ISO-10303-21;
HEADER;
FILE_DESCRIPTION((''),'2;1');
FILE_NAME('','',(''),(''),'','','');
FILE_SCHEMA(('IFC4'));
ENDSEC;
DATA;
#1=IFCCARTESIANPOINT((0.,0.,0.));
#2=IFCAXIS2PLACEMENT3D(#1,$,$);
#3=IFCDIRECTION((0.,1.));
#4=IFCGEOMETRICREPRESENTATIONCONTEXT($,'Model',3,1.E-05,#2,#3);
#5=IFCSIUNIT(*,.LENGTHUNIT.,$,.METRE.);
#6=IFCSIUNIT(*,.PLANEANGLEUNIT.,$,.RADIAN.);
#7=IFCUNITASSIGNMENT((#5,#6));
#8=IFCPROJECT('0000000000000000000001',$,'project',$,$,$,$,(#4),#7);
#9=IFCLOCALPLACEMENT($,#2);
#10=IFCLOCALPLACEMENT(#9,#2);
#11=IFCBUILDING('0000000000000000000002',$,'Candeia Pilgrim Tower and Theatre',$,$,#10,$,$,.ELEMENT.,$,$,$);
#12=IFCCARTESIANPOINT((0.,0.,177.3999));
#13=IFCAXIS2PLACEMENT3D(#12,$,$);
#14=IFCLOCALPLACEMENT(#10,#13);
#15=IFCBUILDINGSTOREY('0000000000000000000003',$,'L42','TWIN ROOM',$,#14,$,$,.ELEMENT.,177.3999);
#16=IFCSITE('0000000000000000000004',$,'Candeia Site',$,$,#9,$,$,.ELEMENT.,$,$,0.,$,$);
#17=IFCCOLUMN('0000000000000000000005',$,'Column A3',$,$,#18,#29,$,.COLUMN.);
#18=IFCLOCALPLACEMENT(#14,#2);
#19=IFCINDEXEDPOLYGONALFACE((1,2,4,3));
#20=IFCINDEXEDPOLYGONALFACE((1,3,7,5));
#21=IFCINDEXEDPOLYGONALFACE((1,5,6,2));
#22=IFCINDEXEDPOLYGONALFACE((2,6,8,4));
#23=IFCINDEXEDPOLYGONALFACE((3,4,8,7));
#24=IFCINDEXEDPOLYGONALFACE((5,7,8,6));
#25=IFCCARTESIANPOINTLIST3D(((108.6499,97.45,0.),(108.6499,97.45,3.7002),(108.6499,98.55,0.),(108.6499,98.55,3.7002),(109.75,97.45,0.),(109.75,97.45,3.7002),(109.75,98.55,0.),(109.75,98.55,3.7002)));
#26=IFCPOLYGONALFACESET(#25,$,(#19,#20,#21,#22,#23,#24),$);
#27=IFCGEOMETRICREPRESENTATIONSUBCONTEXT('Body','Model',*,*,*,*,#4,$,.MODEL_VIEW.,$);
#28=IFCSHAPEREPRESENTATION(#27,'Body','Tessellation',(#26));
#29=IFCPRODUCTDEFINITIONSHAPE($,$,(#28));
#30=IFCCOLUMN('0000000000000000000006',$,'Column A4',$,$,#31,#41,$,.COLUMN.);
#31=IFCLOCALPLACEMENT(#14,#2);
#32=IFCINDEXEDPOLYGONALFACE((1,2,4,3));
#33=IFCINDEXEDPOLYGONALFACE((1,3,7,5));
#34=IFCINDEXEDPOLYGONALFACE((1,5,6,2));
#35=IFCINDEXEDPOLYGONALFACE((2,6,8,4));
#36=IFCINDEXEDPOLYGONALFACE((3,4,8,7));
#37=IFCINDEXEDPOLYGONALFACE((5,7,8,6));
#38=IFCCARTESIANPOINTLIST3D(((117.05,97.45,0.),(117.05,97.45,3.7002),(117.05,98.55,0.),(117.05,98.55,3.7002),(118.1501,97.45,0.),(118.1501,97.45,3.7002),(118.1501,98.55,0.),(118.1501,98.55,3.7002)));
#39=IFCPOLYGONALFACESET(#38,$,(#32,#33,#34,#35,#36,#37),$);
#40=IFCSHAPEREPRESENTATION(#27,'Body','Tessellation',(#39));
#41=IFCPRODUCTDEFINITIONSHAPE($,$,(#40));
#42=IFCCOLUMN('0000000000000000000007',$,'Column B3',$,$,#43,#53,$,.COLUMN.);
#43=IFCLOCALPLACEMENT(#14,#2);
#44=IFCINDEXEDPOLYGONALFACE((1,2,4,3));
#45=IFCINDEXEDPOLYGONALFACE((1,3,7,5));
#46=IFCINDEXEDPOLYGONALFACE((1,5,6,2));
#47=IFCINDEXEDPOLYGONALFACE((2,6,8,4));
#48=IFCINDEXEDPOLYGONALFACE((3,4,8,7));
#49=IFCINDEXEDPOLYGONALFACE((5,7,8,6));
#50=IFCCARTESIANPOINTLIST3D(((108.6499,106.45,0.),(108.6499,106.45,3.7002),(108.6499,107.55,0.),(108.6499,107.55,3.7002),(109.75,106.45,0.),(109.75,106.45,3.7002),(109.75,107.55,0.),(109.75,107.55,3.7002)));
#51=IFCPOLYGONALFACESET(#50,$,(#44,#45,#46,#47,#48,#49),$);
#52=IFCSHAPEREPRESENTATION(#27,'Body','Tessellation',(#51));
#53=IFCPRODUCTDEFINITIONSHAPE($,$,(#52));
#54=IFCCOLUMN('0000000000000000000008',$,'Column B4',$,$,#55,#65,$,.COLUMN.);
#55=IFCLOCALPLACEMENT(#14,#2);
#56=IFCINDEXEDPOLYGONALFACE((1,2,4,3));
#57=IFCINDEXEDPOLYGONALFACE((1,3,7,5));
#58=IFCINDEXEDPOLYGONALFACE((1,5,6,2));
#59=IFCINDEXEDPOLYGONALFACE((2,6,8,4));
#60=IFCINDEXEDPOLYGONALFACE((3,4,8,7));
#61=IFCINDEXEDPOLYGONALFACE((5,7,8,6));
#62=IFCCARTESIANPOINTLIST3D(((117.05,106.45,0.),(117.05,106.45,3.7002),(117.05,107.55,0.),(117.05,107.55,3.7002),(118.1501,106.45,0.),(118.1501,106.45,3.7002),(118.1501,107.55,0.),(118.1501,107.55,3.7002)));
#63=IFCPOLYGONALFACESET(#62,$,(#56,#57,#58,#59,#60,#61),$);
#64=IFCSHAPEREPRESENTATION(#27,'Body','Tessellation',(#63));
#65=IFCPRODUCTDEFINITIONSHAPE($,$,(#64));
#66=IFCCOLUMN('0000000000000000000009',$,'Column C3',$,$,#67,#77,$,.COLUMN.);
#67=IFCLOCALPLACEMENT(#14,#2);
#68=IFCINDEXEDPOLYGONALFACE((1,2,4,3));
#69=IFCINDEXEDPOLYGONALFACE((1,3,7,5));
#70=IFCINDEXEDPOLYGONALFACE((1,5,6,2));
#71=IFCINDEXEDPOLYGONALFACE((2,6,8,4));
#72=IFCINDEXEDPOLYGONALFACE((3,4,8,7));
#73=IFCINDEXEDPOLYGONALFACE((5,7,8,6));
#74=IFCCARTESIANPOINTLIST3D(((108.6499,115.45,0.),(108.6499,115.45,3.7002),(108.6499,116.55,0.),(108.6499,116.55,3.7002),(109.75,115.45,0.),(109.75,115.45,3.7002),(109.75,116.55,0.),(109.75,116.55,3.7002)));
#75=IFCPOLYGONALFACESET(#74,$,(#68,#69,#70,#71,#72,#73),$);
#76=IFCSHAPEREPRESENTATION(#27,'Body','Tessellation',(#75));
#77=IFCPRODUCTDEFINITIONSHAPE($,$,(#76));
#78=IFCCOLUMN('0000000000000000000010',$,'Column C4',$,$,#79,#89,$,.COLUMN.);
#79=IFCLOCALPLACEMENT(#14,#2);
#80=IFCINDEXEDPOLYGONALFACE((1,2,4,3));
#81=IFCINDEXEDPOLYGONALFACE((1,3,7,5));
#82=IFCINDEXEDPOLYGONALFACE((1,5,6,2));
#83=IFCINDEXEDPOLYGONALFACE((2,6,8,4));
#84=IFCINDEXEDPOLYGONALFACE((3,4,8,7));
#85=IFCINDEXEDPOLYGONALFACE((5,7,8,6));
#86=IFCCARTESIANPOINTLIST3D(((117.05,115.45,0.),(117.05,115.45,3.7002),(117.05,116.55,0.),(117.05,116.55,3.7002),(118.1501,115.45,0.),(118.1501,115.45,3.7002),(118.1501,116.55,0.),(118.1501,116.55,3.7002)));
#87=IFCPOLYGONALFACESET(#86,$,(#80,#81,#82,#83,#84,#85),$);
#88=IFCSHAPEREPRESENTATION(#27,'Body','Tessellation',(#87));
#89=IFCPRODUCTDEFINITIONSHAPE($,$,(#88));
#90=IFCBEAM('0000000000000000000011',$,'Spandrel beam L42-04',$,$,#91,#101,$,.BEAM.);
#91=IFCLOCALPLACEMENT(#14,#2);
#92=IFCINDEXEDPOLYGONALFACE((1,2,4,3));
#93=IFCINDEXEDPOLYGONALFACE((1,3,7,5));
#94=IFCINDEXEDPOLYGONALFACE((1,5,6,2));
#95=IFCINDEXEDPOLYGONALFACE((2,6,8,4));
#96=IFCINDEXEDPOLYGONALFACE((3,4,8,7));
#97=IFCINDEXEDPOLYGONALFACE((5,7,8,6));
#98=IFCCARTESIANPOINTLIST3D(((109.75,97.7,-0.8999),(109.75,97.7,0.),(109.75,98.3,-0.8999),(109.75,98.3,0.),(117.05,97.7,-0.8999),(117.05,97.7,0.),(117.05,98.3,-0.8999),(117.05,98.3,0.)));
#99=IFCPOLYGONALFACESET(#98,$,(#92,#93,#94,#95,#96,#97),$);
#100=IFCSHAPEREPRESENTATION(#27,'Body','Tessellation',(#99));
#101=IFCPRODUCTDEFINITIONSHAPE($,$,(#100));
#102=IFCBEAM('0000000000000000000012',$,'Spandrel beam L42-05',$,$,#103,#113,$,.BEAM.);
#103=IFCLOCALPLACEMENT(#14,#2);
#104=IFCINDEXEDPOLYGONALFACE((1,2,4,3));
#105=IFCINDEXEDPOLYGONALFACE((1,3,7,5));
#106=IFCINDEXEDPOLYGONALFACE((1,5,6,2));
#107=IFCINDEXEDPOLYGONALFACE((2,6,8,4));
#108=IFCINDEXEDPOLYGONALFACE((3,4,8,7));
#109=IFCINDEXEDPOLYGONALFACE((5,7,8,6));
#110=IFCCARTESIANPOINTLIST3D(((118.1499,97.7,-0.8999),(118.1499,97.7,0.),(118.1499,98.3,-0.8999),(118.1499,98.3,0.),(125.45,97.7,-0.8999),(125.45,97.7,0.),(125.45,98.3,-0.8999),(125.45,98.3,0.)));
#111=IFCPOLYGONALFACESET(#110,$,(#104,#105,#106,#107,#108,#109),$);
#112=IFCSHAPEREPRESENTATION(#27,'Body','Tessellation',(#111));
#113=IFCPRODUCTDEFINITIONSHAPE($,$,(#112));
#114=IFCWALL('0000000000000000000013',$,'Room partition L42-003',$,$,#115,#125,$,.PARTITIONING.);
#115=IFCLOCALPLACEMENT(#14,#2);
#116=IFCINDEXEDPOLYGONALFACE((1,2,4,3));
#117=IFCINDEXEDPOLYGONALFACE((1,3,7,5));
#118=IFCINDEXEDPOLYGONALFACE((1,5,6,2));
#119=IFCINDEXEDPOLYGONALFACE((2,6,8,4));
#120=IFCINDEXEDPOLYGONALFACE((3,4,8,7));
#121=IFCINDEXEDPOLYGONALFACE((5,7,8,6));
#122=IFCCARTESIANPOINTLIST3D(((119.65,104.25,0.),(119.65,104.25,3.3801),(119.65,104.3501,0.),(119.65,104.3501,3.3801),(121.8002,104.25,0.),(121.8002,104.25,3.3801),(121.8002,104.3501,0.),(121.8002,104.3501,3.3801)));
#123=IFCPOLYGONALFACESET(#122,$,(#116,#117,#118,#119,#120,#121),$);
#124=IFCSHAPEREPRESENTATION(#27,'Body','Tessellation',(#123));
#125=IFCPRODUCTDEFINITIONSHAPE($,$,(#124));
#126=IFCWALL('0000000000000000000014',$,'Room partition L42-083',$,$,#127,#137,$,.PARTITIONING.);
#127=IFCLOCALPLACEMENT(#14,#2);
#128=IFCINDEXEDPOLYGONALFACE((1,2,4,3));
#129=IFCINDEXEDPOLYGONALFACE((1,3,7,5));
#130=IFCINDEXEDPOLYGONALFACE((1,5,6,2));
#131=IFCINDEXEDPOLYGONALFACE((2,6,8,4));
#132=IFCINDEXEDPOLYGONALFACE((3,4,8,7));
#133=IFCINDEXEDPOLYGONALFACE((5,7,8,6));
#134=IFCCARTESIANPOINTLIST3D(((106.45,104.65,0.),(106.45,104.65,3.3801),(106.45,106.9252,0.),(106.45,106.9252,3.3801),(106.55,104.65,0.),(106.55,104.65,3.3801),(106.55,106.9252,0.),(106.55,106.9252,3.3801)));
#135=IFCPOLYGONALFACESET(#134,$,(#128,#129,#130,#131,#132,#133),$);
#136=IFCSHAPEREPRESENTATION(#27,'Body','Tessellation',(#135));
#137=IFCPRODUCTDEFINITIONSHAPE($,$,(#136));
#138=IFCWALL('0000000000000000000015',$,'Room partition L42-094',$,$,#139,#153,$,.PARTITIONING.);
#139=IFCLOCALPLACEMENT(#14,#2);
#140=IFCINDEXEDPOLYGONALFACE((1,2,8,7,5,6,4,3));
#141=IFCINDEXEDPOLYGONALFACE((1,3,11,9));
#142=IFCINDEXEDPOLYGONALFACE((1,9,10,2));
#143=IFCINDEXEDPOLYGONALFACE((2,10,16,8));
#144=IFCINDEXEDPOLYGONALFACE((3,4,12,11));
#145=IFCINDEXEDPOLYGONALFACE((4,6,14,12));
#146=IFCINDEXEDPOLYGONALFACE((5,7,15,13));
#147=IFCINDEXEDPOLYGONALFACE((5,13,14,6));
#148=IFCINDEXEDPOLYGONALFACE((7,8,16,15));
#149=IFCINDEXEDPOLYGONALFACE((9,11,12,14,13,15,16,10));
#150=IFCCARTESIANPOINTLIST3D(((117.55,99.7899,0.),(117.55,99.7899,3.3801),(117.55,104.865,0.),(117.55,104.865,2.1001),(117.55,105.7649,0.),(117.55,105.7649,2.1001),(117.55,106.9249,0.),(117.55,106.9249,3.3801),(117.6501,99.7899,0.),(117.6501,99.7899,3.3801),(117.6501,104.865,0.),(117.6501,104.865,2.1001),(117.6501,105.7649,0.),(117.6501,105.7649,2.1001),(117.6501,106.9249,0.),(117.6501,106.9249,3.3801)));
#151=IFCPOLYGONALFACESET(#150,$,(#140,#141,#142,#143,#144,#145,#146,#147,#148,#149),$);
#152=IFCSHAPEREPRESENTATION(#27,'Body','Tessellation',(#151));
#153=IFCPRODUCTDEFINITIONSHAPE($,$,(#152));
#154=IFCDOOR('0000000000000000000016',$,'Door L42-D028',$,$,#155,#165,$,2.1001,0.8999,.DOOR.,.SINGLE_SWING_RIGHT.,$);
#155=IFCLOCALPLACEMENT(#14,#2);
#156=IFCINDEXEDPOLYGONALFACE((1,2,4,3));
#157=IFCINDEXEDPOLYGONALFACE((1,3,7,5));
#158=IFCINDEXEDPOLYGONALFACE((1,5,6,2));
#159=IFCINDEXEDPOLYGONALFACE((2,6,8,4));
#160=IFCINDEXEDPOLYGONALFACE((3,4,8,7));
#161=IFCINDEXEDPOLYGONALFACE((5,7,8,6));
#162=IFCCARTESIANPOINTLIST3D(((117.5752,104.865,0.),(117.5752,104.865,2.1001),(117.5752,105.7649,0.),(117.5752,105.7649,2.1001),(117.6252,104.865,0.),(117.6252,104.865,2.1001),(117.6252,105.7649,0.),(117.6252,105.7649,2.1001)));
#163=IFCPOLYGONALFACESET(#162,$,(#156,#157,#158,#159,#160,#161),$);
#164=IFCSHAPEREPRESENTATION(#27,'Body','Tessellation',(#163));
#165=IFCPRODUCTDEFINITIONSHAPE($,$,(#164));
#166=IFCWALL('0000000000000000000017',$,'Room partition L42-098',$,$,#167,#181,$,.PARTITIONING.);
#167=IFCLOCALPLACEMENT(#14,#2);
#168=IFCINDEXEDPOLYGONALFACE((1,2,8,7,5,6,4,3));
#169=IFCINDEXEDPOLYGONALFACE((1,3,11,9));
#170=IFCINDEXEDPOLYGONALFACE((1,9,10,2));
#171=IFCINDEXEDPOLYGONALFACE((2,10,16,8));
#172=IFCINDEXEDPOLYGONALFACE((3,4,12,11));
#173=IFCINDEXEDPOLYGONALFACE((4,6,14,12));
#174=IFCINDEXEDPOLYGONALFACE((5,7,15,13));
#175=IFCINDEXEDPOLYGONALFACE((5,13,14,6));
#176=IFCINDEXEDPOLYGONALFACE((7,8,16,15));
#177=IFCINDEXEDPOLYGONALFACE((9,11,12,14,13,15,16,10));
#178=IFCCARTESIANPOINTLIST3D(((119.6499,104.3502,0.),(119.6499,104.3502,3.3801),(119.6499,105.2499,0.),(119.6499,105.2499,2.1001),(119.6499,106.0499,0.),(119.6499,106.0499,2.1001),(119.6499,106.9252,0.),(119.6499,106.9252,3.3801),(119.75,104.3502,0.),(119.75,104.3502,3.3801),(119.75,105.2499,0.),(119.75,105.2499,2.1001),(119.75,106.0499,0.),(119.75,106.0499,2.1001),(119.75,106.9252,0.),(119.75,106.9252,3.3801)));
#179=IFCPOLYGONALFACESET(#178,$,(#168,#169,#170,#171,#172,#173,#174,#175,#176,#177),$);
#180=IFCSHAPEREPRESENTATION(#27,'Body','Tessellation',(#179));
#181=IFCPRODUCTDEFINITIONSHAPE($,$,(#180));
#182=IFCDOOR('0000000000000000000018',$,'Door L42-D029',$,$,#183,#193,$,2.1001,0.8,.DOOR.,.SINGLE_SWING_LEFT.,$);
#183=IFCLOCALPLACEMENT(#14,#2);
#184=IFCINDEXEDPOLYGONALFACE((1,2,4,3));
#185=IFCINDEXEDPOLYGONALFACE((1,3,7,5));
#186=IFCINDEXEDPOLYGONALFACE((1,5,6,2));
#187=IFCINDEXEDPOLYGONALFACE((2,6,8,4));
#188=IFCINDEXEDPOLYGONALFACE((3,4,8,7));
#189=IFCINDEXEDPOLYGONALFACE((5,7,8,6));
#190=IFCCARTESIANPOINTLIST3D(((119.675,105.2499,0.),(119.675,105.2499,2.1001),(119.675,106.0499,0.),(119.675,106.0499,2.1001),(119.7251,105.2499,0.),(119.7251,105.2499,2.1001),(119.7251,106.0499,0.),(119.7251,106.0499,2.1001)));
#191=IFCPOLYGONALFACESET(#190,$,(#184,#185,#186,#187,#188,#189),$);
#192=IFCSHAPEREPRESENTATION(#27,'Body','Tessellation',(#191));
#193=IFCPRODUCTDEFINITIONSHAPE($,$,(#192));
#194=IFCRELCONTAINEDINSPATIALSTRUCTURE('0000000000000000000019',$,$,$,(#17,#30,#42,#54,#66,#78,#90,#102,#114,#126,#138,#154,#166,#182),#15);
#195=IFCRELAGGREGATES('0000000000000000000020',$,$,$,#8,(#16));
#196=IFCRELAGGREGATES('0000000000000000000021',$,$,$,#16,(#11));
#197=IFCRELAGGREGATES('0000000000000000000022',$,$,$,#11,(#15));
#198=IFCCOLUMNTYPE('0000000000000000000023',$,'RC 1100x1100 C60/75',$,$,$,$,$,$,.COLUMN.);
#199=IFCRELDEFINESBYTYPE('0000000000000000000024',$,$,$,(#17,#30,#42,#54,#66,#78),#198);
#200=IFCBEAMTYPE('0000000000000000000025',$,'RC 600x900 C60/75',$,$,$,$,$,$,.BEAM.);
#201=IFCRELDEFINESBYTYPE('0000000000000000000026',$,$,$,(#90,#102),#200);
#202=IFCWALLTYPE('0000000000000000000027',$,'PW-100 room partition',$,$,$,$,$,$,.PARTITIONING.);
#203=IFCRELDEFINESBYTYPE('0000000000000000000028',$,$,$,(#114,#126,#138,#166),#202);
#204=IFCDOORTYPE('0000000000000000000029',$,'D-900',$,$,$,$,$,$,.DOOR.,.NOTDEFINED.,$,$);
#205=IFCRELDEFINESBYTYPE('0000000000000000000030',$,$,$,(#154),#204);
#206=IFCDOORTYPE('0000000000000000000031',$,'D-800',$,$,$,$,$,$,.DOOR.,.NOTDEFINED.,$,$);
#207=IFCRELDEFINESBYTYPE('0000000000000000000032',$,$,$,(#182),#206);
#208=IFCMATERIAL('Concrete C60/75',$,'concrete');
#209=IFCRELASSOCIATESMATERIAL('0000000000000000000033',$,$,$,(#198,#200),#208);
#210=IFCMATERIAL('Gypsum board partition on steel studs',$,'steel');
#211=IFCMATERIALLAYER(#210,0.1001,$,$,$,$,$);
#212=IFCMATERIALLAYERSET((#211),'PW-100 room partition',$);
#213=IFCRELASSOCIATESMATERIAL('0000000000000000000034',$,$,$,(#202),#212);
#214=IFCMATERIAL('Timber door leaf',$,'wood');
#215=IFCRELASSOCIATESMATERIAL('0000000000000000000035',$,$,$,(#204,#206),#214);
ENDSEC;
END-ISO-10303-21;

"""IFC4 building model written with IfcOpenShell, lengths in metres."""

from ifc_helpers import new_model, si_unit, direction, frame, frame_2d, origin, origin_2d, place, context, subcontext, project, spatial, rectangle, extrude, material, layer, layer_set, material_profile, profile_set, type_object, element, fill, save


model = new_model("IFC4")

# Units and contexts
model_context = context("Model", 3, precision=1e-05, world=origin(), true_north=direction((0.0, 1.0)))
body_context = subcontext(model_context, "Body", "Model", "MODEL_VIEW")
ifc_project = project(units=[si_unit("LENGTHUNIT", "METRE"), si_unit("PLANEANGLEUNIT", "RADIAN")], contexts=[model_context])

# Site, building, storey
site_placement = place(None, origin())
site = spatial("IfcSite", under=ifc_project, at=site_placement, Name="Candeia Site", CompositionType="ELEMENT", RefElevation=0.0)
building_placement = place(site_placement, origin())
building = spatial("IfcBuilding", under=site, at=building_placement, Name="Candeia Pilgrim Tower and Theatre", CompositionType="ELEMENT")
storey_placement = place(building_placement, frame((0.0, 0.0, 177.3999)))
storey = spatial("IfcBuildingStorey", under=building, at=storey_placement, Name="L42", Description="TWIN ROOM", CompositionType="ELEMENT", Elevation=177.3999)

# Columns
ifc_material_1 = material(Name="Concrete C60/75", Category="concrete")
ifc_material_profile_1 = material_profile(ifc_material_1, rectangle(XDim=1.1001, YDim=1.1001, at=origin_2d()))
ifc_profile_set_1 = profile_set([ifc_material_profile_1], Name="Concrete C60/75")
column_type = type_object("IfcColumnType", Name="RC 1100x1100 C60/75", PredefinedType="COLUMN", material=ifc_profile_set_1)
for number, where, z_axis, x_axis, name in (
    (1, (109.2, 98.0, 0.0), (0.0, 0.0, 1.0), (1.0, 0.0, 0.0), "Column A3"),
    (2, (117.6001, 98.0, 0.0), (0.0, 0.0, 1.0), (1.0, 0.0, 0.0), "Column A4"),
    (3, (109.2, 107.0, 0.0), (0.0, 0.0, 1.0), (1.0, 0.0, 0.0), "Column B3"),
    (4, (117.6001, 107.0, 0.0), (0.0, 0.0, 1.0), (1.0, 0.0, 0.0), "Column B4"),
    (5, (109.2, 116.0, 0.0), (0.0, 0.0, 1.0), (1.0, 0.0, 0.0), "Column C3"),
    (6, (117.6001, 116.0, 0.0), (0.0, 0.0, 1.0), (1.0, 0.0, 0.0), "Column C4"),
):
    element("IfcColumn", number, at=place(storey_placement, frame(where, z_axis=z_axis, x_axis=x_axis)), inside=storey, type_object=column_type, Name=name, PredefinedType="COLUMN", context=body_context, shape_type="SweptSolid", body=[
        extrude(rectangle(XDim=1.1001, YDim=1.1001, at=origin_2d()), origin(), (0.0, 0.0, 1.0), 3.7002),
    ])

# Beams
ifc_material_profile_2 = material_profile(ifc_material_1, rectangle(XDim=0.6001, YDim=0.8999, at=origin_2d()))
ifc_profile_set_2 = profile_set([ifc_material_profile_2], Name="Concrete C60/75")
beam_type = type_object("IfcBeamType", Name="RC 600x900 C60/75", PredefinedType="BEAM", material=ifc_profile_set_2)
for number, where, z_axis, x_axis, name in (
    (7, (109.75, 98.0, -0.45), (1.0, 0.0, 0.0), (0.0, 1.0, 0.0), "Spandrel beam L42-04"),
    (8, (118.1499, 98.0, -0.45), (1.0, 0.0, 0.0), (0.0, 1.0, 0.0), "Spandrel beam L42-05"),
):
    element("IfcBeam", number, at=place(storey_placement, frame(where, z_axis=z_axis, x_axis=x_axis)), inside=storey, type_object=beam_type, Name=name, PredefinedType="BEAM", context=body_context, shape_type="SweptSolid", body=[
        extrude(rectangle(XDim=0.6001, YDim=0.8999, at=origin_2d()), origin(), (0.0, 0.0, 1.0), 7.3),
    ])

# Walls
ifc_material_2 = material(Name="Gypsum board partition on steel studs", Category="steel")
ifc_layer_1 = layer(ifc_material_2, 0.1001)
ifc_layer_set_1 = layer_set([ifc_layer_1], Name="PW-100 room partition")
wall_type_1 = type_object("IfcWallType", Name="PW-100 room partition", PredefinedType="PARTITIONING", material=ifc_layer_set_1)
wall_1_placement = place(storey_placement, frame((119.6499, 104.3, 0.0), z_axis=(0.0, 0.0, 1.0), x_axis=(1.0, 0.0, 0.0)))
element("IfcWall", 9, at=wall_1_placement, inside=storey, type_object=wall_type_1, Name="Room partition L42-003", PredefinedType="PARTITIONING", context=body_context, shape_type="SweptSolid", body=[
    extrude(rectangle(XDim=2.1501, YDim=0.1001, at=frame_2d((1.0752, 0.0))), origin(), (0.0, 0.0, 1.0), 3.3801),
])
wall_2_placement = place(storey_placement, frame((106.5, 104.6499, 0.0), z_axis=(0.0, 0.0, 1.0), x_axis=(0.0, 1.0, 0.0)))
element("IfcWall", 10, at=wall_2_placement, inside=storey, type_object=wall_type_1, Name="Room partition L42-083", PredefinedType="PARTITIONING", context=body_context, shape_type="SweptSolid", body=[
    extrude(rectangle(XDim=2.2751, YDim=0.1001, at=frame_2d((1.1377, 0.0))), origin(), (0.0, 0.0, 1.0), 3.3801),
])

# Walls, openings, doors
wall_3_placement = place(storey_placement, frame((117.6001, 99.79, 0.0), z_axis=(0.0, 0.0, 1.0), x_axis=(0.0, 1.0, 0.0)))
wall_3 = element("IfcWall", 11, at=wall_3_placement, inside=storey, type_object=wall_type_1, Name="Room partition L42-094", PredefinedType="PARTITIONING", context=body_context, shape_type="SweptSolid", body=[
    extrude(rectangle(XDim=7.135, YDim=0.1001, at=frame_2d((3.5674, 0.0))), origin(), (0.0, 0.0, 1.0), 3.3801),
])
opening_1_placement = place(wall_3_placement, frame((5.075, 0.0, 0.0)))
opening_1 = element("IfcOpeningElement", 12, at=opening_1_placement, cuts=wall_3, PredefinedType="OPENING", context=body_context, shape_type="SweptSolid", body=[
    extrude(rectangle(XDim=0.8999, YDim=2.1001, at=frame_2d((0.45, 1.05))), frame((0.0, 0.0601, 0.0), z_axis=(0.0, -1.0, 0.0), x_axis=(1.0, 0.0, 0.0)), (0.0, 0.0, 1.0), 0.1201),
])
ifc_material_3 = material(Name="Timber door leaf", Category="wood")
door_type_1 = type_object("IfcDoorType", Name="D-900", OperationType="NOTDEFINED", PredefinedType="DOOR", material=ifc_material_3)
door_1_placement = place(opening_1_placement, origin())
door_1 = element("IfcDoor", 13, at=door_1_placement, inside=storey, type_object=door_type_1, Name="Door L42-D028", OperationType="SINGLE_SWING_RIGHT", OverallHeight=2.1001, OverallWidth=0.8999, PredefinedType="DOOR", context=body_context, shape_type="SweptSolid", body=[
    extrude(rectangle(XDim=0.8999, YDim=2.1001, at=frame_2d((0.45, 1.05))), frame((0.0, 0.0249, 0.0), z_axis=(0.0, -1.0, 0.0), x_axis=(1.0, 0.0, 0.0)), (0.0, 0.0, 1.0), 0.05),
])
fill(opening_1, door_1)
wall_4_placement = place(storey_placement, frame((119.7, 104.3501, 0.0), z_axis=(0.0, 0.0, 1.0), x_axis=(0.0, 1.0, 0.0)))
wall_4 = element("IfcWall", 14, at=wall_4_placement, inside=storey, type_object=wall_type_1, Name="Room partition L42-098", PredefinedType="PARTITIONING", context=body_context, shape_type="SweptSolid", body=[
    extrude(rectangle(XDim=2.575, YDim=0.1001, at=frame_2d((1.2876, 0.0))), origin(), (0.0, 0.0, 1.0), 3.3801),
])
opening_2_placement = place(wall_4_placement, frame((0.8999, 0.0, 0.0)))
opening_2 = element("IfcOpeningElement", 15, at=opening_2_placement, cuts=wall_4, PredefinedType="OPENING", context=body_context, shape_type="SweptSolid", body=[
    extrude(rectangle(XDim=0.8, YDim=2.1001, at=frame_2d((0.3999, 1.05))), frame((0.0, 0.0601, 0.0), z_axis=(0.0, -1.0, 0.0), x_axis=(1.0, 0.0, 0.0)), (0.0, 0.0, 1.0), 0.1201),
])
door_type_2 = type_object("IfcDoorType", Name="D-800", OperationType="NOTDEFINED", PredefinedType="DOOR", material=ifc_material_3)
door_2_placement = place(opening_2_placement, origin())
door_2 = element("IfcDoor", 16, at=door_2_placement, inside=storey, type_object=door_type_2, Name="Door L42-D029", OperationType="SINGLE_SWING_LEFT", OverallHeight=2.1001, OverallWidth=0.8, PredefinedType="DOOR", context=body_context, shape_type="SweptSolid", body=[
    extrude(rectangle(XDim=0.8, YDim=2.1001, at=frame_2d((0.3999, 1.05))), frame((0.0, 0.0249, 0.0), z_axis=(0.0, -1.0, 0.0), x_axis=(1.0, 0.0, 0.0)), (0.0, 0.0, 1.0), 0.05),
])
fill(opening_2, door_2)

save(model, "model.ifc")
